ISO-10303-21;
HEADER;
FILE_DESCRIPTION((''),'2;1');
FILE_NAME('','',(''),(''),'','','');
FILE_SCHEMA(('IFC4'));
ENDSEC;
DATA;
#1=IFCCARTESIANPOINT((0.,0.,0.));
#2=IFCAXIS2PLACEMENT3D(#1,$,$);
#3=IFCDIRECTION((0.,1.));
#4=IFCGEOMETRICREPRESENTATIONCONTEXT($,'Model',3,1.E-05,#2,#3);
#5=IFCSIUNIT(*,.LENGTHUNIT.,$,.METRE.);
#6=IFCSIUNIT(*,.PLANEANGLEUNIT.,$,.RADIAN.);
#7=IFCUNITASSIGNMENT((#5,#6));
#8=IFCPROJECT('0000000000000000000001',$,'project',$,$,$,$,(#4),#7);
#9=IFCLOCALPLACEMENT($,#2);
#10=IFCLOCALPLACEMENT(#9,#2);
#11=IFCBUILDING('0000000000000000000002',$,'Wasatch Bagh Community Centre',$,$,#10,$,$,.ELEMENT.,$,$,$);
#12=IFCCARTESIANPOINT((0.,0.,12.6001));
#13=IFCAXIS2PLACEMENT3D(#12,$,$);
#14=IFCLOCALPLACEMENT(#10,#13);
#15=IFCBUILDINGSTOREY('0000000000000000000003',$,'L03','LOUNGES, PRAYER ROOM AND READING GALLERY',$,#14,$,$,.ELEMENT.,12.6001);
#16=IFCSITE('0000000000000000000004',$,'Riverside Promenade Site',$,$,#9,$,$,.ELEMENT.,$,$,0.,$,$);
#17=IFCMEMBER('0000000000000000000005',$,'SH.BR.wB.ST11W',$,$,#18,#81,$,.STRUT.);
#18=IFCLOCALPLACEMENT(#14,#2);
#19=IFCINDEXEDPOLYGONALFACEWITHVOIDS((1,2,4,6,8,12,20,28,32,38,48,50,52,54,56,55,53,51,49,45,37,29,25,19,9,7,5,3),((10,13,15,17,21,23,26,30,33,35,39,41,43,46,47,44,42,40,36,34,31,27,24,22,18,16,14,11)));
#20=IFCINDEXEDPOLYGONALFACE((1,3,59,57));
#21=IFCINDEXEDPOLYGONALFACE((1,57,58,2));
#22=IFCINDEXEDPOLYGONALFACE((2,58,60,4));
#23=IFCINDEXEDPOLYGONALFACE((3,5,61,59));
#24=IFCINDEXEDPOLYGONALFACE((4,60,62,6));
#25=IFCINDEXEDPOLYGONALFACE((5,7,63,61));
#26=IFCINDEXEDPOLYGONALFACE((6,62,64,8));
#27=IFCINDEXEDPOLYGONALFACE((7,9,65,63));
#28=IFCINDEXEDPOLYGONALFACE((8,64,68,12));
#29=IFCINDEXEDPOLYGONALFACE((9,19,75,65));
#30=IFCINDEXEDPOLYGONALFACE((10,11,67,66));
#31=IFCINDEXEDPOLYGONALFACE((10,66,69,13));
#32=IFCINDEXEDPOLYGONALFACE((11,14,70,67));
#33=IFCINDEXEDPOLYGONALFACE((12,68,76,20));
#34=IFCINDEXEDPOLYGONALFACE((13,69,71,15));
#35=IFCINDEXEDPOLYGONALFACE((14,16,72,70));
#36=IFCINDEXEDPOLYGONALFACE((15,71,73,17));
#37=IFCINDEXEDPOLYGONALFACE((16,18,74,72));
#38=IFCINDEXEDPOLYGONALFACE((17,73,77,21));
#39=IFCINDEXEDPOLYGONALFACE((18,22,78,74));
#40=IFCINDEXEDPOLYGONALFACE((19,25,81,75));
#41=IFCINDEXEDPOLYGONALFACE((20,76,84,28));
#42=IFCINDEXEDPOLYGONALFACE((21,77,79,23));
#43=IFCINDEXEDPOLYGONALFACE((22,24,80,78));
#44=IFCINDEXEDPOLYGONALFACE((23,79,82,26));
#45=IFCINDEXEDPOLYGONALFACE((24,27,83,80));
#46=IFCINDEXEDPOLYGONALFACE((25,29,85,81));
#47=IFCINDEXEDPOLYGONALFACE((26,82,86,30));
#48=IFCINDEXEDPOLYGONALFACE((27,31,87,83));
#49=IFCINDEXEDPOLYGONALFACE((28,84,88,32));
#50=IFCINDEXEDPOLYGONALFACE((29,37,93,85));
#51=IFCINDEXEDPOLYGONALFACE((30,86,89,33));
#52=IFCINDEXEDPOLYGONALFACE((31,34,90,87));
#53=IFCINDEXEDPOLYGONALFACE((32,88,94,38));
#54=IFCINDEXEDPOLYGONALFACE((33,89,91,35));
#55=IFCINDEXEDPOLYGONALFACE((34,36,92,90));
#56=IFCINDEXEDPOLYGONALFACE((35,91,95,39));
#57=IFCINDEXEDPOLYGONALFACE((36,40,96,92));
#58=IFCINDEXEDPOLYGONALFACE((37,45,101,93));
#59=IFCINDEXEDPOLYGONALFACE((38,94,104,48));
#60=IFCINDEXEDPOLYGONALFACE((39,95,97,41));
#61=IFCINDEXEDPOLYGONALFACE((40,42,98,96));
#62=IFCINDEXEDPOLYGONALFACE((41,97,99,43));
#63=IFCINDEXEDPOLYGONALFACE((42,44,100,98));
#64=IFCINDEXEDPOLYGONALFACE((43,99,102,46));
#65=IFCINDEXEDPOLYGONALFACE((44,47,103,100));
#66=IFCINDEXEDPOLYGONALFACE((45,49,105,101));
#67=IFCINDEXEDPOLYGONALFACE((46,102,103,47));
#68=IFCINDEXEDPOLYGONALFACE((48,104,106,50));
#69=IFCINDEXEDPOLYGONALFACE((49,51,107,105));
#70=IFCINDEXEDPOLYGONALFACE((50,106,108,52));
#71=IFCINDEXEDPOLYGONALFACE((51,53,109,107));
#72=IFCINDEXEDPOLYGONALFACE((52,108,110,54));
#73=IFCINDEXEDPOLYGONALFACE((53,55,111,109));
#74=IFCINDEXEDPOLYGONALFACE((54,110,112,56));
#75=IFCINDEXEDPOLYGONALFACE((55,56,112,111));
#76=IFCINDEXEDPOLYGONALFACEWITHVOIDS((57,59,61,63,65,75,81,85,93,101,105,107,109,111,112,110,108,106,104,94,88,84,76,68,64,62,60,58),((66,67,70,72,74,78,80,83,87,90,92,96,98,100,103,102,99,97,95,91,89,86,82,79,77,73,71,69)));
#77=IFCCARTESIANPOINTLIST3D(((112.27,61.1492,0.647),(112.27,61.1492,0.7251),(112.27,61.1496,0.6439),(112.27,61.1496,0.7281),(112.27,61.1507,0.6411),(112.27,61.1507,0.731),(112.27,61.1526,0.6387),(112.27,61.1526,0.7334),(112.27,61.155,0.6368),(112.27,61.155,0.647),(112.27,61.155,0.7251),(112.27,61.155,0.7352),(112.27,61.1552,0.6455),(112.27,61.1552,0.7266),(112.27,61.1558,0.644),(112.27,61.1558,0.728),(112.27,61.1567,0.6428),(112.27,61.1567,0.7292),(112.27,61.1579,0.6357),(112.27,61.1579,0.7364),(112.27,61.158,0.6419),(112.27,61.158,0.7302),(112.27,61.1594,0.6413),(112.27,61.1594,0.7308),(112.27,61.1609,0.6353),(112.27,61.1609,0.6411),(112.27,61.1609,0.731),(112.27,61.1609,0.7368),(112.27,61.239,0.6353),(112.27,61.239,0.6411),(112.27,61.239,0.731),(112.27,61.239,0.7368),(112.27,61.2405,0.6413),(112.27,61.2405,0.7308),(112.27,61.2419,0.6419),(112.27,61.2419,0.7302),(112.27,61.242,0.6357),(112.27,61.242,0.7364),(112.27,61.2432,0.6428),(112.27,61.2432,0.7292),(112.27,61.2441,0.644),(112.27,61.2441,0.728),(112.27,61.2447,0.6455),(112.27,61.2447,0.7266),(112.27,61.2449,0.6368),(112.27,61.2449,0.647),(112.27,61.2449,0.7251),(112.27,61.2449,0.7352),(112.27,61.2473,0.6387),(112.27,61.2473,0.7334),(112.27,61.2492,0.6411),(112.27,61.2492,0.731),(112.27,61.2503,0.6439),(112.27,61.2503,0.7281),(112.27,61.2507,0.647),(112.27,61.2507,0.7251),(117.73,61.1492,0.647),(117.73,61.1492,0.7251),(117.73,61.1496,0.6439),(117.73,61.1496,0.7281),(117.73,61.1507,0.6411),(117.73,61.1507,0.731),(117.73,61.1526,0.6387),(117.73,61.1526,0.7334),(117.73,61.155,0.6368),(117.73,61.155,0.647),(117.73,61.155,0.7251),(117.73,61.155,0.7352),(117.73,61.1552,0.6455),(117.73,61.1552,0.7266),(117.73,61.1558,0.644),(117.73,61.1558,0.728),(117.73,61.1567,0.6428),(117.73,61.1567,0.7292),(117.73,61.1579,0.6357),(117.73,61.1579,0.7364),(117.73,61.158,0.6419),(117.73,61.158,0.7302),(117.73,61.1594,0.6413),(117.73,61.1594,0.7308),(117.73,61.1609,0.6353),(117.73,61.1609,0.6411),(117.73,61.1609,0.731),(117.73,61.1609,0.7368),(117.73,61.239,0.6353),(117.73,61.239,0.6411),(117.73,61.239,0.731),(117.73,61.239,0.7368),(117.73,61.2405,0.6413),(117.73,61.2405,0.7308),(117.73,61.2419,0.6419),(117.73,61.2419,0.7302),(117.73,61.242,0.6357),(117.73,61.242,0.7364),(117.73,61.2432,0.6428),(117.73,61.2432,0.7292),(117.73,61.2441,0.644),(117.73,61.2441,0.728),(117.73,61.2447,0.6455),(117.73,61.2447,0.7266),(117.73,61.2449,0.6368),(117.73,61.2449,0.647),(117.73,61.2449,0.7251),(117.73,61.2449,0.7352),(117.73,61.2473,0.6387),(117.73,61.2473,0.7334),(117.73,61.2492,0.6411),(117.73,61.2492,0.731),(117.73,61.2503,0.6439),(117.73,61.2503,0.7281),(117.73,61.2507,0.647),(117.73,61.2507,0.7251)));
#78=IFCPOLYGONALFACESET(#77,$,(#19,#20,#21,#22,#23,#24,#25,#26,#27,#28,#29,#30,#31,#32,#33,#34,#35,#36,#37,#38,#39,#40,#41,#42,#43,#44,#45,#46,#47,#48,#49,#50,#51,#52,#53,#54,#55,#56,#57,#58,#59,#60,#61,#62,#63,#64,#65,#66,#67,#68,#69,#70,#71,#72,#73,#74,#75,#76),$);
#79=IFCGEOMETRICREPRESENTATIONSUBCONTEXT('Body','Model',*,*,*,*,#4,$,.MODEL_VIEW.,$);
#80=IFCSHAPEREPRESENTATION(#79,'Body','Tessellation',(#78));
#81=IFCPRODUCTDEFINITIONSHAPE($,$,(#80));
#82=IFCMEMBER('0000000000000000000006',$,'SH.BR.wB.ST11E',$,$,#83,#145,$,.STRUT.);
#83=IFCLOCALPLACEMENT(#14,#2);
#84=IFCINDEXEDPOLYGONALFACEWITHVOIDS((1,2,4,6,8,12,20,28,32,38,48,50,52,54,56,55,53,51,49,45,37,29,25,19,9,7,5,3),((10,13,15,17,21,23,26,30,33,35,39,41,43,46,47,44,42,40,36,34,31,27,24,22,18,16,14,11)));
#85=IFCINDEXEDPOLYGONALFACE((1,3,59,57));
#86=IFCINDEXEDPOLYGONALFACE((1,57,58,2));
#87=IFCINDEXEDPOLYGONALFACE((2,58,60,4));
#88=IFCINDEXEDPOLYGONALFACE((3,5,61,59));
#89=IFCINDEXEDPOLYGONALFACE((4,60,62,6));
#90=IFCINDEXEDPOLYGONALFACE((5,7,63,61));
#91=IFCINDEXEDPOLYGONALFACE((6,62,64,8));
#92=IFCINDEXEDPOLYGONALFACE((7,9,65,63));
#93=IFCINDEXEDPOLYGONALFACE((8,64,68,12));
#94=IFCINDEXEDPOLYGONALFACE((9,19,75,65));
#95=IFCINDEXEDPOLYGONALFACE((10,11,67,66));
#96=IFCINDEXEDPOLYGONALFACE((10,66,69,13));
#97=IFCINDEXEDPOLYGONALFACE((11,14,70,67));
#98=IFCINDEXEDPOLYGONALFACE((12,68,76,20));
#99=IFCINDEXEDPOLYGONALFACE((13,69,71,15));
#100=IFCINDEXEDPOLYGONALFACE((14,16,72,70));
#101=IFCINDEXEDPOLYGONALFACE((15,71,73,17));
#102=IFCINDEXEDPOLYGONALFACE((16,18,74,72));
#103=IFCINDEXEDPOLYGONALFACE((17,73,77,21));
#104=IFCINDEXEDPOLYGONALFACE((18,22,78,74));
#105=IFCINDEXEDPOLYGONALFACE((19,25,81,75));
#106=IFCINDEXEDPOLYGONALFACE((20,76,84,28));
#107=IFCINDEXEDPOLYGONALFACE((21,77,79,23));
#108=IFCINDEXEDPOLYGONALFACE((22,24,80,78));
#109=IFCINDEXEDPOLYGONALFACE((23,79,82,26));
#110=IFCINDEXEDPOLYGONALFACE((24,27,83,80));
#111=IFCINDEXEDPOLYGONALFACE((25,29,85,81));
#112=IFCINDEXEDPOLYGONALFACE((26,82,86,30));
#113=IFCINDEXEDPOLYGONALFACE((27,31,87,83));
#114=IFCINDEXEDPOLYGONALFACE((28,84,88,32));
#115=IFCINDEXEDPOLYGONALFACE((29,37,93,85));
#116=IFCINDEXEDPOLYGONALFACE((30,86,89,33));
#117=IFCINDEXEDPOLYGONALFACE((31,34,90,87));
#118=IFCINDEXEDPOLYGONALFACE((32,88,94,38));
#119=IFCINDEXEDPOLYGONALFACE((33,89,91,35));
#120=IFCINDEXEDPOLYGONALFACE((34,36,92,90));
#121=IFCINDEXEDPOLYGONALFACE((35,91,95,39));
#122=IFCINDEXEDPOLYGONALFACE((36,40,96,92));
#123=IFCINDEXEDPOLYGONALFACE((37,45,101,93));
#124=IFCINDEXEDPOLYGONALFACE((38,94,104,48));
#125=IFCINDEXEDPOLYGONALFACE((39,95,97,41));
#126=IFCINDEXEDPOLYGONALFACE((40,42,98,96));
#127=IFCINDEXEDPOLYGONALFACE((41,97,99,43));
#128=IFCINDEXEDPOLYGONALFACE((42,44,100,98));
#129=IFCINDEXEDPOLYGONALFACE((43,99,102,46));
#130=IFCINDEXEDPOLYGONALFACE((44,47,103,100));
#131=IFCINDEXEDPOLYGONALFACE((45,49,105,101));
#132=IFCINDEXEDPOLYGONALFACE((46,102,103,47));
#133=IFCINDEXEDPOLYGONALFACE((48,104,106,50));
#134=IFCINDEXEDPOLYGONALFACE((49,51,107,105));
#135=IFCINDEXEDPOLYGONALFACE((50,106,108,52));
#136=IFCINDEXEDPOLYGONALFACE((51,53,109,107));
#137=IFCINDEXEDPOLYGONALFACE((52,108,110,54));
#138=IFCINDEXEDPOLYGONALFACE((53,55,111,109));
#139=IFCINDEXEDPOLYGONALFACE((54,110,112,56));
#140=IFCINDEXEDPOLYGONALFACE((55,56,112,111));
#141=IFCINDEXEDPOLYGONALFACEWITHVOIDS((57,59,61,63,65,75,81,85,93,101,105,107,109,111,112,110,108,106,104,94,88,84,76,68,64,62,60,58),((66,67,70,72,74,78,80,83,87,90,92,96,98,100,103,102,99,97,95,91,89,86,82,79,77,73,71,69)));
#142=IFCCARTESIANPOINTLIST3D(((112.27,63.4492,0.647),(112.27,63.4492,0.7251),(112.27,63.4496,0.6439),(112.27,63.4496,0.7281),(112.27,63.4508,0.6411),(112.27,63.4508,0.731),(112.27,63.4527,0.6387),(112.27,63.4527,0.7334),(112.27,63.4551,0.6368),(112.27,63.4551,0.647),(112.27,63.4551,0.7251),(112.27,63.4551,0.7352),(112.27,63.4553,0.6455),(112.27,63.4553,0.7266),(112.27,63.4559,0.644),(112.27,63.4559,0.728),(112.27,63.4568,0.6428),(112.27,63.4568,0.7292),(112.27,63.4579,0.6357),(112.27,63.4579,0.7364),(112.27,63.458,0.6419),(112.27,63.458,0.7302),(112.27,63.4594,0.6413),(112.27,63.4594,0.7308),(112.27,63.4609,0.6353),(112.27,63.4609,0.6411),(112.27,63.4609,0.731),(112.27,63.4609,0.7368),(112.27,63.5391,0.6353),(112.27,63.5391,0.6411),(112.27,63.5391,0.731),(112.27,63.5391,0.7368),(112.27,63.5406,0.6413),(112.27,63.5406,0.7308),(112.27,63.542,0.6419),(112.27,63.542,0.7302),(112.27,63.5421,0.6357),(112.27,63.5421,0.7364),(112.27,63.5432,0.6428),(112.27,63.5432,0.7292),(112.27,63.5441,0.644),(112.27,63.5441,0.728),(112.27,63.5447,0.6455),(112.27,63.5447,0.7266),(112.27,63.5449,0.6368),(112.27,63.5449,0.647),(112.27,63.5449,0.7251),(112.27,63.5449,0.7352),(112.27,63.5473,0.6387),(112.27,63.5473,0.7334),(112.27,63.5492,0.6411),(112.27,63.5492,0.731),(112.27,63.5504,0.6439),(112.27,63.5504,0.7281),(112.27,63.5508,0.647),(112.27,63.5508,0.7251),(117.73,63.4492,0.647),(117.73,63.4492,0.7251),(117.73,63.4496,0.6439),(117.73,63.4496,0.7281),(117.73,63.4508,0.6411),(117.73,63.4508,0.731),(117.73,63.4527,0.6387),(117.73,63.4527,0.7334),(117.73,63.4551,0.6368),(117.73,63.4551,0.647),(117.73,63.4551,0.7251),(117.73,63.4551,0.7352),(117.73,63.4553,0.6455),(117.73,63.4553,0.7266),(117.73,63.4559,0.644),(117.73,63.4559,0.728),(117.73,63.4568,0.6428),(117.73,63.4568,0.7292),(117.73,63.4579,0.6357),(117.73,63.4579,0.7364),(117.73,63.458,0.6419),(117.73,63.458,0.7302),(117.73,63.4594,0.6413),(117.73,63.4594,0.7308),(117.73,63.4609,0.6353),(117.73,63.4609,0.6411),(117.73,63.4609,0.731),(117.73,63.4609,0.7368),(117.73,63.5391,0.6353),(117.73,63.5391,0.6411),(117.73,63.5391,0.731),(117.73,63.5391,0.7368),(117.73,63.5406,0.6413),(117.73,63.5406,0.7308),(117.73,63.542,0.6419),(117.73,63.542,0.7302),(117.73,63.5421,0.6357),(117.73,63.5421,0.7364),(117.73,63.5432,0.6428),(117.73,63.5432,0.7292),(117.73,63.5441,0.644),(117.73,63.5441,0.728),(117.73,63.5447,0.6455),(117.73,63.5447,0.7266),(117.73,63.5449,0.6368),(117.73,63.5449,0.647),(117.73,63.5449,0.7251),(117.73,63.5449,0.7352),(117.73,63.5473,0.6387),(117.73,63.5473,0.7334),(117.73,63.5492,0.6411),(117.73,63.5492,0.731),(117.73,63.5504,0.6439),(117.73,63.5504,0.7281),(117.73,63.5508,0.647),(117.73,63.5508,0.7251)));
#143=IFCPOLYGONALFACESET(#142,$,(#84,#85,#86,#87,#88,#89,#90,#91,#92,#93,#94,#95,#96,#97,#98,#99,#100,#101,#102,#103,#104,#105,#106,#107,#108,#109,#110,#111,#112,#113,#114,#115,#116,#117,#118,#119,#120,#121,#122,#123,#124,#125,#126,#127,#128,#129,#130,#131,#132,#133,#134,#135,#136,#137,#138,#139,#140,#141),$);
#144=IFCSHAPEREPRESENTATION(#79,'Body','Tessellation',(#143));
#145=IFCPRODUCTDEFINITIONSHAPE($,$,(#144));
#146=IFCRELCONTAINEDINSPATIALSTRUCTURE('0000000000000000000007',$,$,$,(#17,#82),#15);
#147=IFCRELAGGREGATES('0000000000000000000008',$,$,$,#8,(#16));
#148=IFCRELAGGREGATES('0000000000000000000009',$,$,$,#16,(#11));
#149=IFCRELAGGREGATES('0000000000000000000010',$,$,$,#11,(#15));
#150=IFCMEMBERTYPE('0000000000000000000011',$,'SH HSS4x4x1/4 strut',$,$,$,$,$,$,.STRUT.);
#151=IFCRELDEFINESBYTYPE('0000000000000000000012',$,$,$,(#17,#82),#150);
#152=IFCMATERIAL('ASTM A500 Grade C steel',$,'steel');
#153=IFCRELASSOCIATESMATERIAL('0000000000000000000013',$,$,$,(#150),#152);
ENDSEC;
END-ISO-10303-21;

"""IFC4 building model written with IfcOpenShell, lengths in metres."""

from ifc_helpers import new_model, si_unit, direction, frame, origin, origin_2d, place, context, subcontext, project, spatial, hollow_rectangle, extrude, material, material_profile, profile_set, type_object, element, save


model = new_model("IFC4")

# Units and contexts
model_context = context("Model", 3, precision=1e-05, world=origin(), true_north=direction((0.0, 1.0)))
body_context = subcontext(model_context, "Body", "Model", "MODEL_VIEW")
ifc_project = project(units=[si_unit("LENGTHUNIT", "METRE"), si_unit("PLANEANGLEUNIT", "RADIAN")], contexts=[model_context])

# Site, building, storey
site_placement = place(None, origin())
site = spatial("IfcSite", under=ifc_project, at=site_placement, Name="Riverside Promenade Site", CompositionType="ELEMENT", RefElevation=0.0)
building_placement = place(site_placement, origin())
building = spatial("IfcBuilding", under=site, at=building_placement, Name="Wasatch Bagh Community Centre", CompositionType="ELEMENT")
storey_placement = place(building_placement, frame((0.0, 0.0, 12.6001)))
storey = spatial("IfcBuildingStorey", under=building, at=storey_placement, Name="L03", Description="LOUNGES, PRAYER ROOM AND READING GALLERY", CompositionType="ELEMENT", Elevation=12.6001)

# Members
ifc_material_1 = material(Name="ASTM A500 Grade C steel", Category="steel")
ifc_material_profile_1 = material_profile(ifc_material_1, hollow_rectangle(XDim=0.1016, YDim=0.1016, WallThickness=0.0059, InnerFilletRadius=0.0059, OuterFilletRadius=0.0117, at=origin_2d()), Name="HSS4x4x1/4")
ifc_profile_set_1 = profile_set([ifc_material_profile_1], Name="ASTM A500 Grade C steel")
member_type_1 = type_object("IfcMemberType", Name="SH HSS4x4x1/4 strut", PredefinedType="STRUT", material=ifc_profile_set_1)
for number, where, z_axis, x_axis, name in (
    (1, (112.27, 61.2, 0.686), (1.0, 0.0, 0.0), (0.0, 1.0, 0.0), "SH.BR.wB.ST11W"),
    (2, (112.27, 63.5, 0.686), (1.0, 0.0, 0.0), (0.0, 1.0, 0.0), "SH.BR.wB.ST11E"),
):
    element("IfcMember", number, at=place(storey_placement, frame(where, z_axis=z_axis, x_axis=x_axis)), inside=storey, type_object=member_type_1, Name=name, PredefinedType="STRUT", context=body_context, shape_type="SweptSolid", body=[
        extrude(hollow_rectangle(XDim=0.1016, YDim=0.1016, WallThickness=0.0059, InnerFilletRadius=0.0059, OuterFilletRadius=0.0117, at=origin_2d()), origin(), (0.0, 0.0, 1.0), 5.46),
    ])

save(model, "model.ifc")
